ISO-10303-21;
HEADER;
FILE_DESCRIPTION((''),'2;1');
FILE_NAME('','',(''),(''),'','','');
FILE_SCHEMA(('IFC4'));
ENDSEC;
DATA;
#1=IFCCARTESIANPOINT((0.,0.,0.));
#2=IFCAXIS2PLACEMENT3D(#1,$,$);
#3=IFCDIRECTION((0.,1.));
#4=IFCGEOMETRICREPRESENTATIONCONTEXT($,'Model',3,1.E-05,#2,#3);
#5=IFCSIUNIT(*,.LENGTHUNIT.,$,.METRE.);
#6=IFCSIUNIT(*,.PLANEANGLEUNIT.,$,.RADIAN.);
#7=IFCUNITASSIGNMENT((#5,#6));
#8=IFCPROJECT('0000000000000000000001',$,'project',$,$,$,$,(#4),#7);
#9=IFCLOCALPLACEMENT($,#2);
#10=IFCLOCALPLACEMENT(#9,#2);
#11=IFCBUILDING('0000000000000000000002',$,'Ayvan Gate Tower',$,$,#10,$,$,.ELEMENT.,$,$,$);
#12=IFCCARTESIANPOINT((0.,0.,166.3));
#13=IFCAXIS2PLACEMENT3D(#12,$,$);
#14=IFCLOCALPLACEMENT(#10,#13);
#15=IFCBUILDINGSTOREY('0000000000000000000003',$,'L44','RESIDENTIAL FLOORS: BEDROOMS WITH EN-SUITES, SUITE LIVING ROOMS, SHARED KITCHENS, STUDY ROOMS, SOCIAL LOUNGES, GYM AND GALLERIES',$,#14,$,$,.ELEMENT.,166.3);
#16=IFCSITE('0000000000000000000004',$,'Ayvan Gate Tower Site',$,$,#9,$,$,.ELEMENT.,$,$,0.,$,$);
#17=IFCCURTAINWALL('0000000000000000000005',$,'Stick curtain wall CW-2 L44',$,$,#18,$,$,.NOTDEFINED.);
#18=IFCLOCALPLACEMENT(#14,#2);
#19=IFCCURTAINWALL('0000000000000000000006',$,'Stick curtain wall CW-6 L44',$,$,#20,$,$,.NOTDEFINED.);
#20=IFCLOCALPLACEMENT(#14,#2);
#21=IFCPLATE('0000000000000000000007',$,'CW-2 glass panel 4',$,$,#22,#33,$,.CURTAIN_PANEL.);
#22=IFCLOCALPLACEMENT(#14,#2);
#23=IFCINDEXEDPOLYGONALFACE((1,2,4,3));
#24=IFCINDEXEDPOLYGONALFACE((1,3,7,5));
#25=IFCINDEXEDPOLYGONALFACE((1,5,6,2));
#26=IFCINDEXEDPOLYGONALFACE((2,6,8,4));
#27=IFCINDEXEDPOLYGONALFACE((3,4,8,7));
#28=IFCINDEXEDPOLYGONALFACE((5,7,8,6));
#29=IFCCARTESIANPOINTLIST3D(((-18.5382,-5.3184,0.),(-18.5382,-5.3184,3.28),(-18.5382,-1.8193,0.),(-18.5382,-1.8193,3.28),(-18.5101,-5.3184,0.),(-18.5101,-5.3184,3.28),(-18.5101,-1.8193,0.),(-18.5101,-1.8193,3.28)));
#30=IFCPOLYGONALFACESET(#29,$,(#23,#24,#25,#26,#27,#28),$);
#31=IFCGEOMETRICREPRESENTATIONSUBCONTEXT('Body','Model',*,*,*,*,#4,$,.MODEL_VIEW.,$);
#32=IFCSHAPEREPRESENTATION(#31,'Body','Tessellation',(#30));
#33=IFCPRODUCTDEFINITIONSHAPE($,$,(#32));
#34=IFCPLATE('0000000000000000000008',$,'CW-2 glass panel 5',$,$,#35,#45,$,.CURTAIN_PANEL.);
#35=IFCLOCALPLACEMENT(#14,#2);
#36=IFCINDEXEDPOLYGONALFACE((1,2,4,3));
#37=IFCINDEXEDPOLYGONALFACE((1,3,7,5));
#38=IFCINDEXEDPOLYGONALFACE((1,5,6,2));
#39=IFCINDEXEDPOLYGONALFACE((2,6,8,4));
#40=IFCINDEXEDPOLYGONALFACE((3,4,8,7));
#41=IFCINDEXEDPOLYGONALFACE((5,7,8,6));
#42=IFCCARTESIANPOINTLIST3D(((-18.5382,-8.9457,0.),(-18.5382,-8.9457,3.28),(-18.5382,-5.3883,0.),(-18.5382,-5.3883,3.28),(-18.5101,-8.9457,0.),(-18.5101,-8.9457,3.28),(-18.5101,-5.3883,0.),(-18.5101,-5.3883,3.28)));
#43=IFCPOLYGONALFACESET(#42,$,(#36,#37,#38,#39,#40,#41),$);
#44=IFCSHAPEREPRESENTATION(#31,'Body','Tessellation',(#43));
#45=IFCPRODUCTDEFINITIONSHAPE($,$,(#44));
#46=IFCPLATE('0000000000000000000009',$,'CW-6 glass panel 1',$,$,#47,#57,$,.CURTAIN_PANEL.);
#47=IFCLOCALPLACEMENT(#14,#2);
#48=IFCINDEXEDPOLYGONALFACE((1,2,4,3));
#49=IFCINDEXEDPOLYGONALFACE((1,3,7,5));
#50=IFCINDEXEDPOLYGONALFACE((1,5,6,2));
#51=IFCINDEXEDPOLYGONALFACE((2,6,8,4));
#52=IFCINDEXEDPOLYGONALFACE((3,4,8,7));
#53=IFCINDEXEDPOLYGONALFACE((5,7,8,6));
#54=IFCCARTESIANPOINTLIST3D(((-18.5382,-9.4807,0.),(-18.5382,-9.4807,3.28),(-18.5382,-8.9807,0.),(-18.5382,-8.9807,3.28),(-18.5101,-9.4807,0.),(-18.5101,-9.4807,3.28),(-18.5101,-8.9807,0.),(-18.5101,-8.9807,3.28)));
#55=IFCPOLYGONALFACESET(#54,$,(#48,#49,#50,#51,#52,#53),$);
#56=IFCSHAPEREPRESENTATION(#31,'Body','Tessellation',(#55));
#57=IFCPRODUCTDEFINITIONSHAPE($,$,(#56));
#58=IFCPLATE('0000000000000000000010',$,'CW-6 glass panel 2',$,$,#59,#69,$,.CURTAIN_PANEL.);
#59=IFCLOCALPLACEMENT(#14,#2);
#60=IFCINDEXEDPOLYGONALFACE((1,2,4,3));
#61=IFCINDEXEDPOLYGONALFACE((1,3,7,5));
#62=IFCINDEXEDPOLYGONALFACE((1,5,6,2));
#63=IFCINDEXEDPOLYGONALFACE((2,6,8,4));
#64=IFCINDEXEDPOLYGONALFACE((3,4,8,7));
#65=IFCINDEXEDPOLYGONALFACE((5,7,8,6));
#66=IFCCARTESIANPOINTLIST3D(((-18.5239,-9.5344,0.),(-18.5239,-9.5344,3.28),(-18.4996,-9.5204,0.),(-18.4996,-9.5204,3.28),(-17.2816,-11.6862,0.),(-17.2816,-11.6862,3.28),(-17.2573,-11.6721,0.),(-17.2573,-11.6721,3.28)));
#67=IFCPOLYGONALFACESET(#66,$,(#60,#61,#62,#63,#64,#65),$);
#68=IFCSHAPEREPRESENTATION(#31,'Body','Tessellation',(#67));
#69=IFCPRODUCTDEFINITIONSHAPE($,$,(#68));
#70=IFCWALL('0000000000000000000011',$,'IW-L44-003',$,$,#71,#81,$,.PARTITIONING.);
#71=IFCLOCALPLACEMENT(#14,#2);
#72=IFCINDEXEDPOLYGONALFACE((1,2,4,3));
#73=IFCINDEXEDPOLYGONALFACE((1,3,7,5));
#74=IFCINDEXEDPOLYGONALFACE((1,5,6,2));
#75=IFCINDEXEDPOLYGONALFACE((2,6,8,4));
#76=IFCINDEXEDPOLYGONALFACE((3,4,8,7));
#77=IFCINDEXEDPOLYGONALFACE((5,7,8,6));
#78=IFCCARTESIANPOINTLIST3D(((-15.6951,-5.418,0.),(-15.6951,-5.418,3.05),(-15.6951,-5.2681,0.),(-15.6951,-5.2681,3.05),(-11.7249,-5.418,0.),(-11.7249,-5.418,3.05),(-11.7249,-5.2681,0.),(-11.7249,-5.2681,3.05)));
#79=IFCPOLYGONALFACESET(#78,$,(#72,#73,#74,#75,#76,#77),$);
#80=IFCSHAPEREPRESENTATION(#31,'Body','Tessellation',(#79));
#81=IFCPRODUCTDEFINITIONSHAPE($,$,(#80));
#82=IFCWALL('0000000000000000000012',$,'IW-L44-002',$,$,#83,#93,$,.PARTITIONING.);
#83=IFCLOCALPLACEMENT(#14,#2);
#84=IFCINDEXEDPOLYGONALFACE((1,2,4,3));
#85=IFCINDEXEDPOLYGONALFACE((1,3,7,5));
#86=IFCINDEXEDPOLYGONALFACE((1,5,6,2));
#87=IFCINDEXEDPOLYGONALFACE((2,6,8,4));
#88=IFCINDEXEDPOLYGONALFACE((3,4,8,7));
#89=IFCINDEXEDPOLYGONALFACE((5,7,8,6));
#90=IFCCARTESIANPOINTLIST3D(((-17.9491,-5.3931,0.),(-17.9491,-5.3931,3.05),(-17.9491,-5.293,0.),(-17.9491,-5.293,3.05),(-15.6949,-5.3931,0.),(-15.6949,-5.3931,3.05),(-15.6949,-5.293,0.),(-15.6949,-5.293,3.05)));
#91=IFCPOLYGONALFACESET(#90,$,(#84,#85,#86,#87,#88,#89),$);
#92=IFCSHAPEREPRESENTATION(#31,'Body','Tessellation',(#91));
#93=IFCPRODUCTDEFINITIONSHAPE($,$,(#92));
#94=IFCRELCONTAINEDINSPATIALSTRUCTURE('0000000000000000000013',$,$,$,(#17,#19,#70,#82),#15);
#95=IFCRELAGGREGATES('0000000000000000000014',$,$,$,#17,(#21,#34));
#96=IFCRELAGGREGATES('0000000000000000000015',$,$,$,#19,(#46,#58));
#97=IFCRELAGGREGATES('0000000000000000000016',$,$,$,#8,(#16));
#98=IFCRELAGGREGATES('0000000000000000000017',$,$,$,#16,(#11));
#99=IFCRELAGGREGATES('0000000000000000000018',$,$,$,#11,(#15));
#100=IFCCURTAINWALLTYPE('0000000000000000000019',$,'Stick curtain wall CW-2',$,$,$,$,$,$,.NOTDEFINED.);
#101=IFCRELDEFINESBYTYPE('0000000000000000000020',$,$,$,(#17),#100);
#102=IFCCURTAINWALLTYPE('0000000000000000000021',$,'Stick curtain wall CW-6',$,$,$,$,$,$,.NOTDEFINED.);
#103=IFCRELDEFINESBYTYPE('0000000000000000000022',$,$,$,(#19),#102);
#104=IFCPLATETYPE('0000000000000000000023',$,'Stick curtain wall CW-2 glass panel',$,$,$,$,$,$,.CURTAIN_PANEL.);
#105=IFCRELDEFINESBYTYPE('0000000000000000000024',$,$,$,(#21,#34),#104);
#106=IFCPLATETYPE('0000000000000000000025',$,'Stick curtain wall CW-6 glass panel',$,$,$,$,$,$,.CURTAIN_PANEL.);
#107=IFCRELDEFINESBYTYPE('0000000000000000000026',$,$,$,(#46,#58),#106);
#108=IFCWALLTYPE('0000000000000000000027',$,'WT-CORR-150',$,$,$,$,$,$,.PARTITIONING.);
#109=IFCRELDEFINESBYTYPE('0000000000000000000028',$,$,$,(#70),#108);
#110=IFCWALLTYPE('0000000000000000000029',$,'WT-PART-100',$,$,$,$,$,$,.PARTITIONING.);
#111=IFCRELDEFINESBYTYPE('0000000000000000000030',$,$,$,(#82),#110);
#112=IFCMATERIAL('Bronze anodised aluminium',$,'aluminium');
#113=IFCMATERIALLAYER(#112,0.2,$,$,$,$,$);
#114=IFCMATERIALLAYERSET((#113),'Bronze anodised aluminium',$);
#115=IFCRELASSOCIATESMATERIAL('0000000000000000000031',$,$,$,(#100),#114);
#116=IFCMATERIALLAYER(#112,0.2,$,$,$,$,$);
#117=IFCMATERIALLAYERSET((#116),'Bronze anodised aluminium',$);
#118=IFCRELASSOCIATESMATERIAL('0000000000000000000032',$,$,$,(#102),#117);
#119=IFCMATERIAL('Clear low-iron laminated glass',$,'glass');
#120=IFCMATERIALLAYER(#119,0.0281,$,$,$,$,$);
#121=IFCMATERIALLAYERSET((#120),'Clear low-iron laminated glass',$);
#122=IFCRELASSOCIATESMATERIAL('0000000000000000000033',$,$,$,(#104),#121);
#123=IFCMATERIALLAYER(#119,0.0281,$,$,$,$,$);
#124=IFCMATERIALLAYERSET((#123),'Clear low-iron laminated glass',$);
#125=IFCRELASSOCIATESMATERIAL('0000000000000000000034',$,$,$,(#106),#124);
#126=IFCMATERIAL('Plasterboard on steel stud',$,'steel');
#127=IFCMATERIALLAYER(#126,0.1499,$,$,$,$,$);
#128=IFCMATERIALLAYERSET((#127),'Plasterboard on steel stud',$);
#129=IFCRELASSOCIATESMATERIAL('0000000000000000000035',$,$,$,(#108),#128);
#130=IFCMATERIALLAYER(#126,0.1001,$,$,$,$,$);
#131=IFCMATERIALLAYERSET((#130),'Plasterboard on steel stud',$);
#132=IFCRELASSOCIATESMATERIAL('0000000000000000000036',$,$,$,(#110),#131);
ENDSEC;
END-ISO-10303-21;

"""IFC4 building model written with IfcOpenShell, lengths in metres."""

from ifc_helpers import new_model, si_unit, direction, frame, frame_2d, origin, origin_2d, place, context, subcontext, project, spatial, rectangle, extrude, material, layer, layer_set, type_object, element, aggregate, save


model = new_model("IFC4")

# Units and contexts
model_context = context("Model", 3, precision=1e-05, world=origin(), true_north=direction((0.0, 1.0)))
body_context = subcontext(model_context, "Body", "Model", "MODEL_VIEW")
ifc_project = project(units=[si_unit("LENGTHUNIT", "METRE"), si_unit("PLANEANGLEUNIT", "RADIAN")], contexts=[model_context])

# Site, building, storey
site_placement = place(None, origin())
site = spatial("IfcSite", under=ifc_project, at=site_placement, Name="Ayvan Gate Tower Site", CompositionType="ELEMENT", RefElevation=0.0)
building_placement = place(site_placement, origin())
building = spatial("IfcBuilding", under=site, at=building_placement, Name="Ayvan Gate Tower", CompositionType="ELEMENT")
storey_placement = place(building_placement, frame((0.0, 0.0, 166.3)))
storey = spatial("IfcBuildingStorey", under=building, at=storey_placement, Name="L44", Description="RESIDENTIAL FLOORS: BEDROOMS WITH EN-SUITES, SUITE LIVING ROOMS, SHARED KITCHENS, STUDY ROOMS, SOCIAL LOUNGES, GYM AND GALLERIES", CompositionType="ELEMENT", Elevation=166.3)

# Curtain walls
ifc_material_1 = material(Name="Bronze anodised aluminium", Category="aluminium")
ifc_layer_1 = layer(ifc_material_1, 0.2)
ifc_layer_set_1 = layer_set([ifc_layer_1], Name="Bronze anodised aluminium")
curtain_wall_type_1 = type_object("IfcCurtainWallType", Name="Stick curtain wall CW-2", PredefinedType="NOTDEFINED", material=ifc_layer_set_1)
curtain_wall_1_placement = place(storey_placement, origin())
curtain_wall_1 = element("IfcCurtainWall", 1, at=curtain_wall_1_placement, inside=storey, type_object=curtain_wall_type_1, Name="Stick curtain wall CW-2 L44", PredefinedType="NOTDEFINED")
ifc_layer_2 = layer(ifc_material_1, 0.2)
ifc_layer_set_2 = layer_set([ifc_layer_2], Name="Bronze anodised aluminium")
curtain_wall_type_2 = type_object("IfcCurtainWallType", Name="Stick curtain wall CW-6", PredefinedType="NOTDEFINED", material=ifc_layer_set_2)
curtain_wall_2_placement = place(storey_placement, origin())
curtain_wall_2 = element("IfcCurtainWall", 2, at=curtain_wall_2_placement, inside=storey, type_object=curtain_wall_type_2, Name="Stick curtain wall CW-6 L44", PredefinedType="NOTDEFINED")

# Plates
ifc_material_2 = material(Name="Clear low-iron laminated glass", Category="glass")
ifc_layer_3 = layer(ifc_material_2, 0.0281)
ifc_layer_set_3 = layer_set([ifc_layer_3], Name="Clear low-iron laminated glass")
plate_type_1 = type_object("IfcPlateType", Name="Stick curtain wall CW-2 glass panel", PredefinedType="CURTAIN_PANEL", material=ifc_layer_set_3)
plate_1_placement = place(storey_placement, frame((-18.5242, -3.5688, 0.0), z_axis=(0.0, 0.0, 1.0), x_axis=(0.0, -1.0, 0.0)))
plate_1 = element("IfcPlate", 3, at=plate_1_placement, type_object=plate_type_1, Name="CW-2 glass panel 4", PredefinedType="CURTAIN_PANEL", context=body_context, shape_type="SweptSolid", body=[
    extrude(rectangle(XDim=3.499, YDim=0.0281, at=origin_2d()), origin(), (0.0, 0.0, 1.0), 3.28),
])
plate_2_placement = place(storey_placement, frame((-18.5242, -7.167, 0.0), z_axis=(0.0, 0.0, 1.0), x_axis=(0.0, -1.0, 0.0)))
plate_2 = element("IfcPlate", 4, at=plate_2_placement, type_object=plate_type_1, Name="CW-2 glass panel 5", PredefinedType="CURTAIN_PANEL", context=body_context, shape_type="SweptSolid", body=[
    extrude(rectangle(XDim=3.5574, YDim=0.0281, at=origin_2d()), origin(), (0.0, 0.0, 1.0), 3.28),
])
aggregate(curtain_wall_1, [plate_1, plate_2])
ifc_layer_4 = layer(ifc_material_2, 0.0281)
ifc_layer_set_4 = layer_set([ifc_layer_4], Name="Clear low-iron laminated glass")
plate_type_2 = type_object("IfcPlateType", Name="Stick curtain wall CW-6 glass panel", PredefinedType="CURTAIN_PANEL", material=ifc_layer_set_4)
plate_3_placement = place(storey_placement, frame((-18.5242, -9.2307, 0.0), z_axis=(0.0, 0.0, 1.0), x_axis=(0.0, -1.0, 0.0)))
plate_3 = element("IfcPlate", 5, at=plate_3_placement, type_object=plate_type_2, Name="CW-6 glass panel 1", PredefinedType="CURTAIN_PANEL", context=body_context, shape_type="SweptSolid", body=[
    extrude(rectangle(XDim=0.5, YDim=0.0281, at=origin_2d()), origin(), (0.0, 0.0, 1.0), 3.28),
])
plate_4_placement = place(storey_placement, frame((-17.8906, -10.6033, 0.0), z_axis=(0.0, 0.0, 1.0), x_axis=(0.5, -0.866025, 0.0)))
plate_4 = element("IfcPlate", 6, at=plate_4_placement, type_object=plate_type_2, Name="CW-6 glass panel 2", PredefinedType="CURTAIN_PANEL", context=body_context, shape_type="SweptSolid", body=[
    extrude(rectangle(XDim=2.4846, YDim=0.0281, at=origin_2d()), origin(), (0.0, 0.0, 1.0), 3.28),
])
aggregate(curtain_wall_2, [plate_3, plate_4])

# Walls
ifc_material_3 = material(Name="Plasterboard on steel stud", Category="steel")
ifc_layer_5 = layer(ifc_material_3, 0.1499)
ifc_layer_set_5 = layer_set([ifc_layer_5], Name="Plasterboard on steel stud")
wall_type_1 = type_object("IfcWallType", Name="WT-CORR-150", PredefinedType="PARTITIONING", material=ifc_layer_set_5)
wall_1_placement = place(storey_placement, frame((-15.6951, -5.343, 0.0), z_axis=(0.0, 0.0, 1.0), x_axis=(1.0, 0.0, 0.0)))
element("IfcWall", 7, at=wall_1_placement, inside=storey, type_object=wall_type_1, Name="IW-L44-003", PredefinedType="PARTITIONING", context=body_context, shape_type="SweptSolid", body=[
    extrude(rectangle(XDim=3.9702, YDim=0.1499, at=frame_2d((1.9851, 0.0))), origin(), (0.0, 0.0, 1.0), 3.05),
])
ifc_layer_6 = layer(ifc_material_3, 0.1001)
ifc_layer_set_6 = layer_set([ifc_layer_6], Name="Plasterboard on steel stud")
wall_type_2 = type_object("IfcWallType", Name="WT-PART-100", PredefinedType="PARTITIONING", material=ifc_layer_set_6)
wall_2_placement = place(storey_placement, frame((-15.6951, -5.343, 0.0), z_axis=(0.0, 0.0, 1.0), x_axis=(-1.0, 0.0, 0.0)))
element("IfcWall", 8, at=wall_2_placement, inside=storey, type_object=wall_type_2, Name="IW-L44-002", PredefinedType="PARTITIONING", context=body_context, shape_type="SweptSolid", body=[
    extrude(rectangle(XDim=2.2542, YDim=0.1001, at=frame_2d((1.127, 0.0))), origin(), (0.0, 0.0, 1.0), 3.05),
])

save(model, "model.ifc")
